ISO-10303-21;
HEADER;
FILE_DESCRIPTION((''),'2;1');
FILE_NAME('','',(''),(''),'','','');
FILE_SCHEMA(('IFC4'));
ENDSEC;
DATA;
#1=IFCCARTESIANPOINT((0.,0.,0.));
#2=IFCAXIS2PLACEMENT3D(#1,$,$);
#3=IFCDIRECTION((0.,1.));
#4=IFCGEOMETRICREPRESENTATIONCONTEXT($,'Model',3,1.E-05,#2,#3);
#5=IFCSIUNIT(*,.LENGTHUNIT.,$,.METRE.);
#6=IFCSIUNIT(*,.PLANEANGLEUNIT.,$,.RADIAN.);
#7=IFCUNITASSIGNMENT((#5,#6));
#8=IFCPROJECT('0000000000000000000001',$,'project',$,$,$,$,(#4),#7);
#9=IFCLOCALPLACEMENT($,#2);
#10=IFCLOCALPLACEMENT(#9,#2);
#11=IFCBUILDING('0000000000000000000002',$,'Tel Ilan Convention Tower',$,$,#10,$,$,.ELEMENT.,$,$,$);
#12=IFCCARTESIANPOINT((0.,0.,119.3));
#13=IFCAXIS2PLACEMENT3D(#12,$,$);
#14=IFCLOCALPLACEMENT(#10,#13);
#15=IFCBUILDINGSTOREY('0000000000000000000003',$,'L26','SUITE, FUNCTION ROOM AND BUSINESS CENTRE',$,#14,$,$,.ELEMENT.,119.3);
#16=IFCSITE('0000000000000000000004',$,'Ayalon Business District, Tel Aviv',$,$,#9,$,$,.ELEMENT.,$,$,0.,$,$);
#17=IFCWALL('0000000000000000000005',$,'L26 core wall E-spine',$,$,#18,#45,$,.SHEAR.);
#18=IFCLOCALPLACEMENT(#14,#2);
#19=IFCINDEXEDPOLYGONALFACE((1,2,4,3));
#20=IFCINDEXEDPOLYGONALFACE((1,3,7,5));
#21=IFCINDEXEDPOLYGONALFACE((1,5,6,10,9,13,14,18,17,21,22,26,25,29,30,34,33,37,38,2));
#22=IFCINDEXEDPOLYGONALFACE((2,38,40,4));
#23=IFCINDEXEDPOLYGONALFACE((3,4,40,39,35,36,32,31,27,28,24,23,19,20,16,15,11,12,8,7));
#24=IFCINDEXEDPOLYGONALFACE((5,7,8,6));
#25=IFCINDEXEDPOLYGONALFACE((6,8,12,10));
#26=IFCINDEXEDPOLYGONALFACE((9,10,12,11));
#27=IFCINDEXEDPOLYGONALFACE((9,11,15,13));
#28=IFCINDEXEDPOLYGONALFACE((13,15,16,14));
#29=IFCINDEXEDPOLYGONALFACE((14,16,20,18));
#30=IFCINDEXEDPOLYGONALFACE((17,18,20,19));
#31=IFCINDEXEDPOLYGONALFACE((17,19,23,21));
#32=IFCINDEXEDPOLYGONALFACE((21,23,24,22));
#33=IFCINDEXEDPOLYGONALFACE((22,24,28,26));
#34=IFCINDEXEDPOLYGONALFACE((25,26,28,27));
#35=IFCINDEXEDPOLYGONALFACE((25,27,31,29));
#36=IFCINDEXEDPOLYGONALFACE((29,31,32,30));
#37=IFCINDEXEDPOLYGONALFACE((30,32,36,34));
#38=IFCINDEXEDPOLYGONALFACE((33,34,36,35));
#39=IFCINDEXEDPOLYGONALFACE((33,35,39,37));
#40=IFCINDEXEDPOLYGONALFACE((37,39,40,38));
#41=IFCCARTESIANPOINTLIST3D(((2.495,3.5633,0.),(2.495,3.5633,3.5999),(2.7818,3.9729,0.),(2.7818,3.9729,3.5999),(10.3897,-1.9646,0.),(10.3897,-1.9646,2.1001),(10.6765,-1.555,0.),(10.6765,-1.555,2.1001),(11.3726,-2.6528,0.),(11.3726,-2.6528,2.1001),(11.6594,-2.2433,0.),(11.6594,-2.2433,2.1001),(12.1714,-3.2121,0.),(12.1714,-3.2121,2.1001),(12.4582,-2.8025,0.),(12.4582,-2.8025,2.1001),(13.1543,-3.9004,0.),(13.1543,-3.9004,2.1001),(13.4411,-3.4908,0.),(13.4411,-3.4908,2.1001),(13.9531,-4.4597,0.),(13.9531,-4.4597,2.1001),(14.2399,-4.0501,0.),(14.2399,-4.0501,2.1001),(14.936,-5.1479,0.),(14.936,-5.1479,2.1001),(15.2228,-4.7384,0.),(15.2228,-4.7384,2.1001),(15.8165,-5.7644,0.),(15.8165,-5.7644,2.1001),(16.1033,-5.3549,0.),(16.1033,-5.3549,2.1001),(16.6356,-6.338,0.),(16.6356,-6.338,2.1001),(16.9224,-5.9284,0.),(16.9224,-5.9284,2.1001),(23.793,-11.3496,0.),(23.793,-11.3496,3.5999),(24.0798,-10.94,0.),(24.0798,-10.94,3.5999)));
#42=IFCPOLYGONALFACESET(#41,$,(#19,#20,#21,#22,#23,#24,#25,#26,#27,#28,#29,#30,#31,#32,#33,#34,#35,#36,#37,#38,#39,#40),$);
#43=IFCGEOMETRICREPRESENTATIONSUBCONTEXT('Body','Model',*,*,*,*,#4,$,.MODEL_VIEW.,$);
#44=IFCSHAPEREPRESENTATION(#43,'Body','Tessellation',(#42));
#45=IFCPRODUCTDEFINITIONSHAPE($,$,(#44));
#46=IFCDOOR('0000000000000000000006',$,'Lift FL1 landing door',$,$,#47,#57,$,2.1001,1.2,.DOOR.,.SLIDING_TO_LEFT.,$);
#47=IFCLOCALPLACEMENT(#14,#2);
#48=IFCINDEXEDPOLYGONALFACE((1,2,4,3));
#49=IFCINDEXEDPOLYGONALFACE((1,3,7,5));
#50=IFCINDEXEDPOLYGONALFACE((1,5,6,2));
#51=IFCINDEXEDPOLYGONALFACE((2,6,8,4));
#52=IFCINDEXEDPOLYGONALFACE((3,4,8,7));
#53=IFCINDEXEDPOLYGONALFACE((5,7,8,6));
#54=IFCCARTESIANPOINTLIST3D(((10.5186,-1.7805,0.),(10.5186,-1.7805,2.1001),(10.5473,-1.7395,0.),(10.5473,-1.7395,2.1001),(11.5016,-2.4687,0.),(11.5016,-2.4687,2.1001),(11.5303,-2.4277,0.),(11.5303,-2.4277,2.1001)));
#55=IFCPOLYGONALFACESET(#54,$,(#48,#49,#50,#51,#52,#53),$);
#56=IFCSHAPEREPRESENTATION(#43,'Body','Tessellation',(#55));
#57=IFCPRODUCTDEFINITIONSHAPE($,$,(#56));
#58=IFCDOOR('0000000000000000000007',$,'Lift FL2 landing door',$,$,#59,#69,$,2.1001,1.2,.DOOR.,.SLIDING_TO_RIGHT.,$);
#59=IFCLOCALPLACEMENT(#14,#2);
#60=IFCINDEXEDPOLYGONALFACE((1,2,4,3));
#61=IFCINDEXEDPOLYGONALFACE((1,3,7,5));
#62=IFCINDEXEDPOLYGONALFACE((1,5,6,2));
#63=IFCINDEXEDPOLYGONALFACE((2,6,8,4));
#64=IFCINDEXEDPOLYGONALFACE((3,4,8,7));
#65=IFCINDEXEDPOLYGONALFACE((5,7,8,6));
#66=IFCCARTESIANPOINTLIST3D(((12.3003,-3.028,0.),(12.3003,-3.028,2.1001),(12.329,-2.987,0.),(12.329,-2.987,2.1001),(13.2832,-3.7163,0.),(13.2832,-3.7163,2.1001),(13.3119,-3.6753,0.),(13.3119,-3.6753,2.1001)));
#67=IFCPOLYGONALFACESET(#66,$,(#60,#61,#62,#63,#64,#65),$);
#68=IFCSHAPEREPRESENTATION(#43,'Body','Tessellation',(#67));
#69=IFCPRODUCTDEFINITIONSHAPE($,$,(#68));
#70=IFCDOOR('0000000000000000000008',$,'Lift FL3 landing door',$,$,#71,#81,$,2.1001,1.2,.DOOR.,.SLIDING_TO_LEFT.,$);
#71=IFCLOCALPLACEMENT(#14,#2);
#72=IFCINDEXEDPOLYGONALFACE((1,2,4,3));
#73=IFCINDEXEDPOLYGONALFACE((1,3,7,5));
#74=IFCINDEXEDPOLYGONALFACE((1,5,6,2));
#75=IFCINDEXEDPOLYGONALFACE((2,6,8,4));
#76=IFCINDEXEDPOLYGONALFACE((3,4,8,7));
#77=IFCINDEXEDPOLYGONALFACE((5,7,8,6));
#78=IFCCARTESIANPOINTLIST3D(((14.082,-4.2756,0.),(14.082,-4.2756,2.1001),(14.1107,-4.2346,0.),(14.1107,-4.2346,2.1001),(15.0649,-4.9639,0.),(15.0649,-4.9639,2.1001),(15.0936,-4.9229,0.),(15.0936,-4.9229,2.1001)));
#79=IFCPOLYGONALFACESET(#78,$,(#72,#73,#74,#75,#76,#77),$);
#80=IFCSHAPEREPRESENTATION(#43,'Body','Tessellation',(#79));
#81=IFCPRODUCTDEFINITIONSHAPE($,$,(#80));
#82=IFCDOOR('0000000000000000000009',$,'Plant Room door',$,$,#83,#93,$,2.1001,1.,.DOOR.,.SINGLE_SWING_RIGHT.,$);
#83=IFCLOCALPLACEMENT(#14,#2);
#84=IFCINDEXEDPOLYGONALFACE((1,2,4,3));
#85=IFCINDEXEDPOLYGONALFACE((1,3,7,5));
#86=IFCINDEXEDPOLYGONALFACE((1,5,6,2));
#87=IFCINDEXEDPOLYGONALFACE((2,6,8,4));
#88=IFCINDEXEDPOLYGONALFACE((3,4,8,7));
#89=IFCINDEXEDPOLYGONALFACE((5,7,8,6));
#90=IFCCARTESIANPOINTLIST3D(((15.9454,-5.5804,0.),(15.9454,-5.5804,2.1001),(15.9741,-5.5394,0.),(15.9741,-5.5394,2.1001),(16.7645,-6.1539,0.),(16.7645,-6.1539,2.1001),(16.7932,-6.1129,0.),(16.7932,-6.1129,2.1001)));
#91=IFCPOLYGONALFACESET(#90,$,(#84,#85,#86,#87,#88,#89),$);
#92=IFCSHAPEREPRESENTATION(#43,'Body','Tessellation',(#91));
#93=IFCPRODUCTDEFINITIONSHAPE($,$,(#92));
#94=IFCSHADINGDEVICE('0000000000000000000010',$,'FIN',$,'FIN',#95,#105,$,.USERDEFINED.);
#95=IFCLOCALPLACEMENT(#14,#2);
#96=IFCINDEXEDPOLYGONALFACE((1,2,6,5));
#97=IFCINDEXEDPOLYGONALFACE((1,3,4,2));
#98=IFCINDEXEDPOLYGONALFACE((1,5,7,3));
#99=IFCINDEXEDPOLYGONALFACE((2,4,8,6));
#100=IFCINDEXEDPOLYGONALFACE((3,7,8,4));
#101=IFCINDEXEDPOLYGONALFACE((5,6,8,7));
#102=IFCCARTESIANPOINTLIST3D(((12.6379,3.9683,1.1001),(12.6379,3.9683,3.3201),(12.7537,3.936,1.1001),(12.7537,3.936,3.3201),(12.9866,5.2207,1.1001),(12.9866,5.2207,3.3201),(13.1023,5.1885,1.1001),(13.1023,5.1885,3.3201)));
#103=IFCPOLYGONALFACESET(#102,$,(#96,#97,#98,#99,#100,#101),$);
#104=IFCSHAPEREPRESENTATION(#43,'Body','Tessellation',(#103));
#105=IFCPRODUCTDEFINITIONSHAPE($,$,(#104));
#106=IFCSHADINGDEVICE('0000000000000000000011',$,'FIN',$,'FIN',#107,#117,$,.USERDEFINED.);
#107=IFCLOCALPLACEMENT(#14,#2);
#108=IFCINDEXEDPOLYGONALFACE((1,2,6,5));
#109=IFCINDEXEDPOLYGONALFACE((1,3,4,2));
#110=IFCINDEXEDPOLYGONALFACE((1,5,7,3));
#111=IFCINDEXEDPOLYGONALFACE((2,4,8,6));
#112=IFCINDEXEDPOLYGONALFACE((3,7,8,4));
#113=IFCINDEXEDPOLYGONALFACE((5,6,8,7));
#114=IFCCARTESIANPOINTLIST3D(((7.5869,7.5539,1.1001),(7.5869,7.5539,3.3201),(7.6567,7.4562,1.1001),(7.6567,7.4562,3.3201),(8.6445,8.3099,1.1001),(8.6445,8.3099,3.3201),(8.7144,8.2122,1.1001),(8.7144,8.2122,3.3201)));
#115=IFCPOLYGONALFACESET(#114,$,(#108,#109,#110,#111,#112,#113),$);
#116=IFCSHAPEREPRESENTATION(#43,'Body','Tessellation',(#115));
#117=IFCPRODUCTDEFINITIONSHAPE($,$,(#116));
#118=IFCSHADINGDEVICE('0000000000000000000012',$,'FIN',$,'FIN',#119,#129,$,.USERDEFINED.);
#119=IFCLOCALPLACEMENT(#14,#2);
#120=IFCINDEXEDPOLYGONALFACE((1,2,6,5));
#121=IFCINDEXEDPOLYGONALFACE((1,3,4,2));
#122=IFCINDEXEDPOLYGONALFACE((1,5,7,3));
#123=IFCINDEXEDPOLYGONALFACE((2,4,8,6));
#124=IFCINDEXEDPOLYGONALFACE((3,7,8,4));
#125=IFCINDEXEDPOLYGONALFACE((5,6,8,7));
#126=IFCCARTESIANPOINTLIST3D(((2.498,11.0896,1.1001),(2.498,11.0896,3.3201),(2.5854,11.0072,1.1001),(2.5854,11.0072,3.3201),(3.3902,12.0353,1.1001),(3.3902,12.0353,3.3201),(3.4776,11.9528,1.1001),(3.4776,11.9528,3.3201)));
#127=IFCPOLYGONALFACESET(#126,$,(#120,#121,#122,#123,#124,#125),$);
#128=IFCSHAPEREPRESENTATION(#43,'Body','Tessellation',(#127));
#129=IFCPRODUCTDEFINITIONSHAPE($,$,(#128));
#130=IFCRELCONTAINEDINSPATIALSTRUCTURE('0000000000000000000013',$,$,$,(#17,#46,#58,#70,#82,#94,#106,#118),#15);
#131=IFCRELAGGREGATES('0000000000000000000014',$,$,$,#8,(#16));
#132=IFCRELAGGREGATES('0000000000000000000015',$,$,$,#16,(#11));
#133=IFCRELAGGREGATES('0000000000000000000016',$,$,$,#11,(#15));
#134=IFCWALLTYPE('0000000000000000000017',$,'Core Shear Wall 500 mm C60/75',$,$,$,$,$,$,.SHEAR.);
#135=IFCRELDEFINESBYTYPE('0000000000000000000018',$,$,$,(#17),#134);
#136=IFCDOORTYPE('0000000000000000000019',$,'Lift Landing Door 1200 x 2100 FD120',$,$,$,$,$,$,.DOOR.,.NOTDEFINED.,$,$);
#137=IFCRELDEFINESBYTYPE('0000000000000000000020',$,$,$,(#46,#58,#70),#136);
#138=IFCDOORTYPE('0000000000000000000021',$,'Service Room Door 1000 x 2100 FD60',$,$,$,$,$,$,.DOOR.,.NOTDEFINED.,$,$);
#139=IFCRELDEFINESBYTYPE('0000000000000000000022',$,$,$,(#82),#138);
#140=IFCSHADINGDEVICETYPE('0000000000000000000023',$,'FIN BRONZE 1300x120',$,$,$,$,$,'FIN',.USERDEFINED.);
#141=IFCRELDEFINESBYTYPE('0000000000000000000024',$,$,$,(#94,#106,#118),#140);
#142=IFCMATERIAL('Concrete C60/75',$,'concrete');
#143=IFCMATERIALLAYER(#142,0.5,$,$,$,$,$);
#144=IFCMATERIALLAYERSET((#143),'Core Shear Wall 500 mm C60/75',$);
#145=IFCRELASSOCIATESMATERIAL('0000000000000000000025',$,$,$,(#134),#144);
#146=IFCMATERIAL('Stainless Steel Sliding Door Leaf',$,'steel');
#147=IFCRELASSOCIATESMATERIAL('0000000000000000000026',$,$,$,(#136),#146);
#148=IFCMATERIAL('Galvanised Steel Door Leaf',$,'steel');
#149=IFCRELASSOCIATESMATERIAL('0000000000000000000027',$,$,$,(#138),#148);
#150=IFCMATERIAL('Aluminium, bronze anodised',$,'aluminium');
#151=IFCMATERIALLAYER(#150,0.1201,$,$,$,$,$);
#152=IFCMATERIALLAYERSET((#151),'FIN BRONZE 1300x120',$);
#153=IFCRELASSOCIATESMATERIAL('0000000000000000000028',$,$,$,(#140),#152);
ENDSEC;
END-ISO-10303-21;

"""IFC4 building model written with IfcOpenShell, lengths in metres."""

from ifc_helpers import new_model, si_unit, direction, frame, frame_2d, origin, origin_2d, place, context, subcontext, project, spatial, polyline, rectangle, outline, extrude, material, layer, layer_set, type_object, element, fill, save


model = new_model("IFC4")

# Units and contexts
model_context = context("Model", 3, precision=1e-05, world=origin(), true_north=direction((0.0, 1.0)))
body_context = subcontext(model_context, "Body", "Model", "MODEL_VIEW")
ifc_project = project(units=[si_unit("LENGTHUNIT", "METRE"), si_unit("PLANEANGLEUNIT", "RADIAN")], contexts=[model_context])

# Site, building, storey
site_placement = place(None, origin())
site = spatial("IfcSite", under=ifc_project, at=site_placement, Name="Ayalon Business District, Tel Aviv", CompositionType="ELEMENT", RefElevation=0.0)
building_placement = place(site_placement, origin())
building = spatial("IfcBuilding", under=site, at=building_placement, Name="Tel Ilan Convention Tower", CompositionType="ELEMENT")
storey_placement = place(building_placement, frame((0.0, 0.0, 119.3)))
storey = spatial("IfcBuildingStorey", under=building, at=storey_placement, Name="L26", Description="SUITE, FUNCTION ROOM AND BUSINESS CENTRE", CompositionType="ELEMENT", Elevation=119.3)

# Wall, openings, doors
ifc_material_1 = material(Name="Concrete C60/75", Category="concrete")
ifc_layer_1 = layer(ifc_material_1, 0.5)
ifc_layer_set_1 = layer_set([ifc_layer_1], Name="Core Shear Wall 500 mm C60/75")
wall_type_1 = type_object("IfcWallType", Name="Core Shear Wall 500 mm C60/75", PredefinedType="SHEAR", material=ifc_layer_set_1)
wall_1_placement = place(storey_placement, frame((2.6384, 3.7681, 0.0), z_axis=(0.0, 0.0, 1.0), x_axis=(0.819149, -0.573581, 0.0)))
wall_1 = element("IfcWall", 1, at=wall_1_placement, inside=storey, type_object=wall_type_1, Name="L26 core wall E-spine", PredefinedType="SHEAR", context=body_context, shape_type="SweptSolid", body=[
    extrude(outline(polyline([(0.0, 0.25), (0.0, -0.25), (26.0, -0.2498), (26.0, 0.2502), (0.0, 0.25)])), origin(), (0.0, 0.0, 1.0), 3.5999),
])
opening_1_placement = place(wall_1_placement, frame((9.6375, 0.0, 0.0)))
opening_1 = element("IfcOpeningElement", 2, at=opening_1_placement, cuts=wall_1, PredefinedType="OPENING", context=body_context, shape_type="SweptSolid", body=[
    extrude(rectangle(XDim=1.2, YDim=2.1001, at=frame_2d((0.6001, 1.05))), frame((0.0, 0.26, 0.0), z_axis=(0.0, -1.0, 0.0), x_axis=(1.0, 0.0, 0.0)), (0.0, 0.0, 1.0), 0.52),
])
opening_2_placement = place(wall_1_placement, frame((11.8125, 0.0, 0.0)))
opening_2 = element("IfcOpeningElement", 3, at=opening_2_placement, cuts=wall_1, PredefinedType="OPENING", context=body_context, shape_type="SweptSolid", body=[
    extrude(rectangle(XDim=1.2, YDim=2.1001, at=frame_2d((0.6001, 1.05))), frame((0.0, 0.26, 0.0), z_axis=(0.0, -1.0, 0.0), x_axis=(1.0, 0.0, 0.0)), (0.0, 0.0, 1.0), 0.52),
])
opening_3_placement = place(wall_1_placement, frame((13.9875, 0.0, 0.0)))
opening_3 = element("IfcOpeningElement", 4, at=opening_3_placement, cuts=wall_1, PredefinedType="OPENING", context=body_context, shape_type="SweptSolid", body=[
    extrude(rectangle(XDim=1.2, YDim=2.1001, at=frame_2d((0.6001, 1.05))), frame((0.0, 0.26, 0.0), z_axis=(0.0, -1.0, 0.0), x_axis=(1.0, 0.0, 0.0)), (0.0, 0.0, 1.0), 0.52),
])
opening_4_placement = place(wall_1_placement, frame((16.2625, 0.0, 0.0)))
opening_4 = element("IfcOpeningElement", 5, at=opening_4_placement, cuts=wall_1, PredefinedType="OPENING", context=body_context, shape_type="SweptSolid", body=[
    extrude(rectangle(XDim=1.0, YDim=2.1001, at=frame_2d((0.5, 1.05))), frame((0.0, 0.26, 0.0), z_axis=(0.0, -1.0, 0.0), x_axis=(1.0, 0.0, 0.0)), (0.0, 0.0, 1.0), 0.52),
])
ifc_material_2 = material(Name="Stainless Steel Sliding Door Leaf", Category="steel")
door_type_1 = type_object("IfcDoorType", Name="Lift Landing Door 1200 x 2100 FD120", OperationType="NOTDEFINED", PredefinedType="DOOR", material=ifc_material_2)
door_1_placement = place(opening_1_placement, origin())
door_1 = element("IfcDoor", 6, at=door_1_placement, inside=storey, type_object=door_type_1, Name="Lift FL1 landing door", OperationType="SLIDING_TO_LEFT", OverallHeight=2.1001, OverallWidth=1.2, PredefinedType="DOOR", context=body_context, shape_type="SweptSolid", body=[
    extrude(rectangle(XDim=1.2, YDim=2.1001, at=frame_2d((0.6001, 1.05))), frame((0.0, 0.0249, 0.0), z_axis=(0.0, -1.0, 0.0), x_axis=(1.0, 0.0, 0.0)), (0.0, 0.0, 1.0), 0.05),
])
fill(opening_1, door_1)
door_2_placement = place(opening_2_placement, origin())
door_2 = element("IfcDoor", 7, at=door_2_placement, inside=storey, type_object=door_type_1, Name="Lift FL2 landing door", OperationType="SLIDING_TO_RIGHT", OverallHeight=2.1001, OverallWidth=1.2, PredefinedType="DOOR", context=body_context, shape_type="SweptSolid", body=[
    extrude(rectangle(XDim=1.2, YDim=2.1001, at=frame_2d((0.6001, 1.05))), frame((0.0, 0.0249, 0.0), z_axis=(0.0, -1.0, 0.0), x_axis=(1.0, 0.0, 0.0)), (0.0, 0.0, 1.0), 0.05),
])
fill(opening_2, door_2)
door_3_placement = place(opening_3_placement, origin())
door_3 = element("IfcDoor", 8, at=door_3_placement, inside=storey, type_object=door_type_1, Name="Lift FL3 landing door", OperationType="SLIDING_TO_LEFT", OverallHeight=2.1001, OverallWidth=1.2, PredefinedType="DOOR", context=body_context, shape_type="SweptSolid", body=[
    extrude(rectangle(XDim=1.2, YDim=2.1001, at=frame_2d((0.6001, 1.05))), frame((0.0, 0.0249, 0.0), z_axis=(0.0, -1.0, 0.0), x_axis=(1.0, 0.0, 0.0)), (0.0, 0.0, 1.0), 0.05),
])
fill(opening_3, door_3)
ifc_material_3 = material(Name="Galvanised Steel Door Leaf", Category="steel")
door_type_2 = type_object("IfcDoorType", Name="Service Room Door 1000 x 2100 FD60", OperationType="NOTDEFINED", PredefinedType="DOOR", material=ifc_material_3)
door_4_placement = place(opening_4_placement, origin())
door_4 = element("IfcDoor", 9, at=door_4_placement, inside=storey, type_object=door_type_2, Name="Plant Room door", OperationType="SINGLE_SWING_RIGHT", OverallHeight=2.1001, OverallWidth=1.0, PredefinedType="DOOR", context=body_context, shape_type="SweptSolid", body=[
    extrude(rectangle(XDim=1.0, YDim=2.1001, at=frame_2d((0.5, 1.05))), frame((0.0, 0.0249, 0.0), z_axis=(0.0, -1.0, 0.0), x_axis=(1.0, 0.0, 0.0)), (0.0, 0.0, 1.0), 0.05),
])
fill(opening_4, door_4)

# Shading devices
ifc_material_4 = material(Name="Aluminium, bronze anodised", Category="aluminium")
ifc_layer_2 = layer(ifc_material_4, 0.1201)
ifc_layer_set_2 = layer_set([ifc_layer_2], Name="FIN BRONZE 1300x120")
shading_device_type = type_object("IfcShadingDeviceType", Name="FIN BRONZE 1300x120", ElementType="FIN", PredefinedType="USERDEFINED", material=ifc_layer_set_2)
for number, where, z_axis, x_axis, name in (
    (10, (12.8701, 4.5784, 1.1001), (0.0, 0.0, 1.0), (0.268173, 0.963371, 0.0), "FIN"),
    (11, (8.1506, 7.8831, 1.1001), (0.0, 0.0, 1.0), (0.813552, 0.581492, 0.0), "FIN"),
    (12, (2.9878, 11.5212, 1.1001), (0.0, 0.0, 1.0), (0.686242, 0.727374, 0.0), "FIN"),
):
    element("IfcShadingDevice", number, at=place(storey_placement, frame(where, z_axis=z_axis, x_axis=x_axis)), inside=storey, type_object=shading_device_type, Name=name, ObjectType="FIN", PredefinedType="USERDEFINED", context=body_context, shape_type="SweptSolid", body=[
        extrude(rectangle(XDim=1.3, YDim=0.1201, at=origin_2d()), origin(), (0.0, 0.0, 1.0), 2.22),
    ])

save(model, "model.ifc")
